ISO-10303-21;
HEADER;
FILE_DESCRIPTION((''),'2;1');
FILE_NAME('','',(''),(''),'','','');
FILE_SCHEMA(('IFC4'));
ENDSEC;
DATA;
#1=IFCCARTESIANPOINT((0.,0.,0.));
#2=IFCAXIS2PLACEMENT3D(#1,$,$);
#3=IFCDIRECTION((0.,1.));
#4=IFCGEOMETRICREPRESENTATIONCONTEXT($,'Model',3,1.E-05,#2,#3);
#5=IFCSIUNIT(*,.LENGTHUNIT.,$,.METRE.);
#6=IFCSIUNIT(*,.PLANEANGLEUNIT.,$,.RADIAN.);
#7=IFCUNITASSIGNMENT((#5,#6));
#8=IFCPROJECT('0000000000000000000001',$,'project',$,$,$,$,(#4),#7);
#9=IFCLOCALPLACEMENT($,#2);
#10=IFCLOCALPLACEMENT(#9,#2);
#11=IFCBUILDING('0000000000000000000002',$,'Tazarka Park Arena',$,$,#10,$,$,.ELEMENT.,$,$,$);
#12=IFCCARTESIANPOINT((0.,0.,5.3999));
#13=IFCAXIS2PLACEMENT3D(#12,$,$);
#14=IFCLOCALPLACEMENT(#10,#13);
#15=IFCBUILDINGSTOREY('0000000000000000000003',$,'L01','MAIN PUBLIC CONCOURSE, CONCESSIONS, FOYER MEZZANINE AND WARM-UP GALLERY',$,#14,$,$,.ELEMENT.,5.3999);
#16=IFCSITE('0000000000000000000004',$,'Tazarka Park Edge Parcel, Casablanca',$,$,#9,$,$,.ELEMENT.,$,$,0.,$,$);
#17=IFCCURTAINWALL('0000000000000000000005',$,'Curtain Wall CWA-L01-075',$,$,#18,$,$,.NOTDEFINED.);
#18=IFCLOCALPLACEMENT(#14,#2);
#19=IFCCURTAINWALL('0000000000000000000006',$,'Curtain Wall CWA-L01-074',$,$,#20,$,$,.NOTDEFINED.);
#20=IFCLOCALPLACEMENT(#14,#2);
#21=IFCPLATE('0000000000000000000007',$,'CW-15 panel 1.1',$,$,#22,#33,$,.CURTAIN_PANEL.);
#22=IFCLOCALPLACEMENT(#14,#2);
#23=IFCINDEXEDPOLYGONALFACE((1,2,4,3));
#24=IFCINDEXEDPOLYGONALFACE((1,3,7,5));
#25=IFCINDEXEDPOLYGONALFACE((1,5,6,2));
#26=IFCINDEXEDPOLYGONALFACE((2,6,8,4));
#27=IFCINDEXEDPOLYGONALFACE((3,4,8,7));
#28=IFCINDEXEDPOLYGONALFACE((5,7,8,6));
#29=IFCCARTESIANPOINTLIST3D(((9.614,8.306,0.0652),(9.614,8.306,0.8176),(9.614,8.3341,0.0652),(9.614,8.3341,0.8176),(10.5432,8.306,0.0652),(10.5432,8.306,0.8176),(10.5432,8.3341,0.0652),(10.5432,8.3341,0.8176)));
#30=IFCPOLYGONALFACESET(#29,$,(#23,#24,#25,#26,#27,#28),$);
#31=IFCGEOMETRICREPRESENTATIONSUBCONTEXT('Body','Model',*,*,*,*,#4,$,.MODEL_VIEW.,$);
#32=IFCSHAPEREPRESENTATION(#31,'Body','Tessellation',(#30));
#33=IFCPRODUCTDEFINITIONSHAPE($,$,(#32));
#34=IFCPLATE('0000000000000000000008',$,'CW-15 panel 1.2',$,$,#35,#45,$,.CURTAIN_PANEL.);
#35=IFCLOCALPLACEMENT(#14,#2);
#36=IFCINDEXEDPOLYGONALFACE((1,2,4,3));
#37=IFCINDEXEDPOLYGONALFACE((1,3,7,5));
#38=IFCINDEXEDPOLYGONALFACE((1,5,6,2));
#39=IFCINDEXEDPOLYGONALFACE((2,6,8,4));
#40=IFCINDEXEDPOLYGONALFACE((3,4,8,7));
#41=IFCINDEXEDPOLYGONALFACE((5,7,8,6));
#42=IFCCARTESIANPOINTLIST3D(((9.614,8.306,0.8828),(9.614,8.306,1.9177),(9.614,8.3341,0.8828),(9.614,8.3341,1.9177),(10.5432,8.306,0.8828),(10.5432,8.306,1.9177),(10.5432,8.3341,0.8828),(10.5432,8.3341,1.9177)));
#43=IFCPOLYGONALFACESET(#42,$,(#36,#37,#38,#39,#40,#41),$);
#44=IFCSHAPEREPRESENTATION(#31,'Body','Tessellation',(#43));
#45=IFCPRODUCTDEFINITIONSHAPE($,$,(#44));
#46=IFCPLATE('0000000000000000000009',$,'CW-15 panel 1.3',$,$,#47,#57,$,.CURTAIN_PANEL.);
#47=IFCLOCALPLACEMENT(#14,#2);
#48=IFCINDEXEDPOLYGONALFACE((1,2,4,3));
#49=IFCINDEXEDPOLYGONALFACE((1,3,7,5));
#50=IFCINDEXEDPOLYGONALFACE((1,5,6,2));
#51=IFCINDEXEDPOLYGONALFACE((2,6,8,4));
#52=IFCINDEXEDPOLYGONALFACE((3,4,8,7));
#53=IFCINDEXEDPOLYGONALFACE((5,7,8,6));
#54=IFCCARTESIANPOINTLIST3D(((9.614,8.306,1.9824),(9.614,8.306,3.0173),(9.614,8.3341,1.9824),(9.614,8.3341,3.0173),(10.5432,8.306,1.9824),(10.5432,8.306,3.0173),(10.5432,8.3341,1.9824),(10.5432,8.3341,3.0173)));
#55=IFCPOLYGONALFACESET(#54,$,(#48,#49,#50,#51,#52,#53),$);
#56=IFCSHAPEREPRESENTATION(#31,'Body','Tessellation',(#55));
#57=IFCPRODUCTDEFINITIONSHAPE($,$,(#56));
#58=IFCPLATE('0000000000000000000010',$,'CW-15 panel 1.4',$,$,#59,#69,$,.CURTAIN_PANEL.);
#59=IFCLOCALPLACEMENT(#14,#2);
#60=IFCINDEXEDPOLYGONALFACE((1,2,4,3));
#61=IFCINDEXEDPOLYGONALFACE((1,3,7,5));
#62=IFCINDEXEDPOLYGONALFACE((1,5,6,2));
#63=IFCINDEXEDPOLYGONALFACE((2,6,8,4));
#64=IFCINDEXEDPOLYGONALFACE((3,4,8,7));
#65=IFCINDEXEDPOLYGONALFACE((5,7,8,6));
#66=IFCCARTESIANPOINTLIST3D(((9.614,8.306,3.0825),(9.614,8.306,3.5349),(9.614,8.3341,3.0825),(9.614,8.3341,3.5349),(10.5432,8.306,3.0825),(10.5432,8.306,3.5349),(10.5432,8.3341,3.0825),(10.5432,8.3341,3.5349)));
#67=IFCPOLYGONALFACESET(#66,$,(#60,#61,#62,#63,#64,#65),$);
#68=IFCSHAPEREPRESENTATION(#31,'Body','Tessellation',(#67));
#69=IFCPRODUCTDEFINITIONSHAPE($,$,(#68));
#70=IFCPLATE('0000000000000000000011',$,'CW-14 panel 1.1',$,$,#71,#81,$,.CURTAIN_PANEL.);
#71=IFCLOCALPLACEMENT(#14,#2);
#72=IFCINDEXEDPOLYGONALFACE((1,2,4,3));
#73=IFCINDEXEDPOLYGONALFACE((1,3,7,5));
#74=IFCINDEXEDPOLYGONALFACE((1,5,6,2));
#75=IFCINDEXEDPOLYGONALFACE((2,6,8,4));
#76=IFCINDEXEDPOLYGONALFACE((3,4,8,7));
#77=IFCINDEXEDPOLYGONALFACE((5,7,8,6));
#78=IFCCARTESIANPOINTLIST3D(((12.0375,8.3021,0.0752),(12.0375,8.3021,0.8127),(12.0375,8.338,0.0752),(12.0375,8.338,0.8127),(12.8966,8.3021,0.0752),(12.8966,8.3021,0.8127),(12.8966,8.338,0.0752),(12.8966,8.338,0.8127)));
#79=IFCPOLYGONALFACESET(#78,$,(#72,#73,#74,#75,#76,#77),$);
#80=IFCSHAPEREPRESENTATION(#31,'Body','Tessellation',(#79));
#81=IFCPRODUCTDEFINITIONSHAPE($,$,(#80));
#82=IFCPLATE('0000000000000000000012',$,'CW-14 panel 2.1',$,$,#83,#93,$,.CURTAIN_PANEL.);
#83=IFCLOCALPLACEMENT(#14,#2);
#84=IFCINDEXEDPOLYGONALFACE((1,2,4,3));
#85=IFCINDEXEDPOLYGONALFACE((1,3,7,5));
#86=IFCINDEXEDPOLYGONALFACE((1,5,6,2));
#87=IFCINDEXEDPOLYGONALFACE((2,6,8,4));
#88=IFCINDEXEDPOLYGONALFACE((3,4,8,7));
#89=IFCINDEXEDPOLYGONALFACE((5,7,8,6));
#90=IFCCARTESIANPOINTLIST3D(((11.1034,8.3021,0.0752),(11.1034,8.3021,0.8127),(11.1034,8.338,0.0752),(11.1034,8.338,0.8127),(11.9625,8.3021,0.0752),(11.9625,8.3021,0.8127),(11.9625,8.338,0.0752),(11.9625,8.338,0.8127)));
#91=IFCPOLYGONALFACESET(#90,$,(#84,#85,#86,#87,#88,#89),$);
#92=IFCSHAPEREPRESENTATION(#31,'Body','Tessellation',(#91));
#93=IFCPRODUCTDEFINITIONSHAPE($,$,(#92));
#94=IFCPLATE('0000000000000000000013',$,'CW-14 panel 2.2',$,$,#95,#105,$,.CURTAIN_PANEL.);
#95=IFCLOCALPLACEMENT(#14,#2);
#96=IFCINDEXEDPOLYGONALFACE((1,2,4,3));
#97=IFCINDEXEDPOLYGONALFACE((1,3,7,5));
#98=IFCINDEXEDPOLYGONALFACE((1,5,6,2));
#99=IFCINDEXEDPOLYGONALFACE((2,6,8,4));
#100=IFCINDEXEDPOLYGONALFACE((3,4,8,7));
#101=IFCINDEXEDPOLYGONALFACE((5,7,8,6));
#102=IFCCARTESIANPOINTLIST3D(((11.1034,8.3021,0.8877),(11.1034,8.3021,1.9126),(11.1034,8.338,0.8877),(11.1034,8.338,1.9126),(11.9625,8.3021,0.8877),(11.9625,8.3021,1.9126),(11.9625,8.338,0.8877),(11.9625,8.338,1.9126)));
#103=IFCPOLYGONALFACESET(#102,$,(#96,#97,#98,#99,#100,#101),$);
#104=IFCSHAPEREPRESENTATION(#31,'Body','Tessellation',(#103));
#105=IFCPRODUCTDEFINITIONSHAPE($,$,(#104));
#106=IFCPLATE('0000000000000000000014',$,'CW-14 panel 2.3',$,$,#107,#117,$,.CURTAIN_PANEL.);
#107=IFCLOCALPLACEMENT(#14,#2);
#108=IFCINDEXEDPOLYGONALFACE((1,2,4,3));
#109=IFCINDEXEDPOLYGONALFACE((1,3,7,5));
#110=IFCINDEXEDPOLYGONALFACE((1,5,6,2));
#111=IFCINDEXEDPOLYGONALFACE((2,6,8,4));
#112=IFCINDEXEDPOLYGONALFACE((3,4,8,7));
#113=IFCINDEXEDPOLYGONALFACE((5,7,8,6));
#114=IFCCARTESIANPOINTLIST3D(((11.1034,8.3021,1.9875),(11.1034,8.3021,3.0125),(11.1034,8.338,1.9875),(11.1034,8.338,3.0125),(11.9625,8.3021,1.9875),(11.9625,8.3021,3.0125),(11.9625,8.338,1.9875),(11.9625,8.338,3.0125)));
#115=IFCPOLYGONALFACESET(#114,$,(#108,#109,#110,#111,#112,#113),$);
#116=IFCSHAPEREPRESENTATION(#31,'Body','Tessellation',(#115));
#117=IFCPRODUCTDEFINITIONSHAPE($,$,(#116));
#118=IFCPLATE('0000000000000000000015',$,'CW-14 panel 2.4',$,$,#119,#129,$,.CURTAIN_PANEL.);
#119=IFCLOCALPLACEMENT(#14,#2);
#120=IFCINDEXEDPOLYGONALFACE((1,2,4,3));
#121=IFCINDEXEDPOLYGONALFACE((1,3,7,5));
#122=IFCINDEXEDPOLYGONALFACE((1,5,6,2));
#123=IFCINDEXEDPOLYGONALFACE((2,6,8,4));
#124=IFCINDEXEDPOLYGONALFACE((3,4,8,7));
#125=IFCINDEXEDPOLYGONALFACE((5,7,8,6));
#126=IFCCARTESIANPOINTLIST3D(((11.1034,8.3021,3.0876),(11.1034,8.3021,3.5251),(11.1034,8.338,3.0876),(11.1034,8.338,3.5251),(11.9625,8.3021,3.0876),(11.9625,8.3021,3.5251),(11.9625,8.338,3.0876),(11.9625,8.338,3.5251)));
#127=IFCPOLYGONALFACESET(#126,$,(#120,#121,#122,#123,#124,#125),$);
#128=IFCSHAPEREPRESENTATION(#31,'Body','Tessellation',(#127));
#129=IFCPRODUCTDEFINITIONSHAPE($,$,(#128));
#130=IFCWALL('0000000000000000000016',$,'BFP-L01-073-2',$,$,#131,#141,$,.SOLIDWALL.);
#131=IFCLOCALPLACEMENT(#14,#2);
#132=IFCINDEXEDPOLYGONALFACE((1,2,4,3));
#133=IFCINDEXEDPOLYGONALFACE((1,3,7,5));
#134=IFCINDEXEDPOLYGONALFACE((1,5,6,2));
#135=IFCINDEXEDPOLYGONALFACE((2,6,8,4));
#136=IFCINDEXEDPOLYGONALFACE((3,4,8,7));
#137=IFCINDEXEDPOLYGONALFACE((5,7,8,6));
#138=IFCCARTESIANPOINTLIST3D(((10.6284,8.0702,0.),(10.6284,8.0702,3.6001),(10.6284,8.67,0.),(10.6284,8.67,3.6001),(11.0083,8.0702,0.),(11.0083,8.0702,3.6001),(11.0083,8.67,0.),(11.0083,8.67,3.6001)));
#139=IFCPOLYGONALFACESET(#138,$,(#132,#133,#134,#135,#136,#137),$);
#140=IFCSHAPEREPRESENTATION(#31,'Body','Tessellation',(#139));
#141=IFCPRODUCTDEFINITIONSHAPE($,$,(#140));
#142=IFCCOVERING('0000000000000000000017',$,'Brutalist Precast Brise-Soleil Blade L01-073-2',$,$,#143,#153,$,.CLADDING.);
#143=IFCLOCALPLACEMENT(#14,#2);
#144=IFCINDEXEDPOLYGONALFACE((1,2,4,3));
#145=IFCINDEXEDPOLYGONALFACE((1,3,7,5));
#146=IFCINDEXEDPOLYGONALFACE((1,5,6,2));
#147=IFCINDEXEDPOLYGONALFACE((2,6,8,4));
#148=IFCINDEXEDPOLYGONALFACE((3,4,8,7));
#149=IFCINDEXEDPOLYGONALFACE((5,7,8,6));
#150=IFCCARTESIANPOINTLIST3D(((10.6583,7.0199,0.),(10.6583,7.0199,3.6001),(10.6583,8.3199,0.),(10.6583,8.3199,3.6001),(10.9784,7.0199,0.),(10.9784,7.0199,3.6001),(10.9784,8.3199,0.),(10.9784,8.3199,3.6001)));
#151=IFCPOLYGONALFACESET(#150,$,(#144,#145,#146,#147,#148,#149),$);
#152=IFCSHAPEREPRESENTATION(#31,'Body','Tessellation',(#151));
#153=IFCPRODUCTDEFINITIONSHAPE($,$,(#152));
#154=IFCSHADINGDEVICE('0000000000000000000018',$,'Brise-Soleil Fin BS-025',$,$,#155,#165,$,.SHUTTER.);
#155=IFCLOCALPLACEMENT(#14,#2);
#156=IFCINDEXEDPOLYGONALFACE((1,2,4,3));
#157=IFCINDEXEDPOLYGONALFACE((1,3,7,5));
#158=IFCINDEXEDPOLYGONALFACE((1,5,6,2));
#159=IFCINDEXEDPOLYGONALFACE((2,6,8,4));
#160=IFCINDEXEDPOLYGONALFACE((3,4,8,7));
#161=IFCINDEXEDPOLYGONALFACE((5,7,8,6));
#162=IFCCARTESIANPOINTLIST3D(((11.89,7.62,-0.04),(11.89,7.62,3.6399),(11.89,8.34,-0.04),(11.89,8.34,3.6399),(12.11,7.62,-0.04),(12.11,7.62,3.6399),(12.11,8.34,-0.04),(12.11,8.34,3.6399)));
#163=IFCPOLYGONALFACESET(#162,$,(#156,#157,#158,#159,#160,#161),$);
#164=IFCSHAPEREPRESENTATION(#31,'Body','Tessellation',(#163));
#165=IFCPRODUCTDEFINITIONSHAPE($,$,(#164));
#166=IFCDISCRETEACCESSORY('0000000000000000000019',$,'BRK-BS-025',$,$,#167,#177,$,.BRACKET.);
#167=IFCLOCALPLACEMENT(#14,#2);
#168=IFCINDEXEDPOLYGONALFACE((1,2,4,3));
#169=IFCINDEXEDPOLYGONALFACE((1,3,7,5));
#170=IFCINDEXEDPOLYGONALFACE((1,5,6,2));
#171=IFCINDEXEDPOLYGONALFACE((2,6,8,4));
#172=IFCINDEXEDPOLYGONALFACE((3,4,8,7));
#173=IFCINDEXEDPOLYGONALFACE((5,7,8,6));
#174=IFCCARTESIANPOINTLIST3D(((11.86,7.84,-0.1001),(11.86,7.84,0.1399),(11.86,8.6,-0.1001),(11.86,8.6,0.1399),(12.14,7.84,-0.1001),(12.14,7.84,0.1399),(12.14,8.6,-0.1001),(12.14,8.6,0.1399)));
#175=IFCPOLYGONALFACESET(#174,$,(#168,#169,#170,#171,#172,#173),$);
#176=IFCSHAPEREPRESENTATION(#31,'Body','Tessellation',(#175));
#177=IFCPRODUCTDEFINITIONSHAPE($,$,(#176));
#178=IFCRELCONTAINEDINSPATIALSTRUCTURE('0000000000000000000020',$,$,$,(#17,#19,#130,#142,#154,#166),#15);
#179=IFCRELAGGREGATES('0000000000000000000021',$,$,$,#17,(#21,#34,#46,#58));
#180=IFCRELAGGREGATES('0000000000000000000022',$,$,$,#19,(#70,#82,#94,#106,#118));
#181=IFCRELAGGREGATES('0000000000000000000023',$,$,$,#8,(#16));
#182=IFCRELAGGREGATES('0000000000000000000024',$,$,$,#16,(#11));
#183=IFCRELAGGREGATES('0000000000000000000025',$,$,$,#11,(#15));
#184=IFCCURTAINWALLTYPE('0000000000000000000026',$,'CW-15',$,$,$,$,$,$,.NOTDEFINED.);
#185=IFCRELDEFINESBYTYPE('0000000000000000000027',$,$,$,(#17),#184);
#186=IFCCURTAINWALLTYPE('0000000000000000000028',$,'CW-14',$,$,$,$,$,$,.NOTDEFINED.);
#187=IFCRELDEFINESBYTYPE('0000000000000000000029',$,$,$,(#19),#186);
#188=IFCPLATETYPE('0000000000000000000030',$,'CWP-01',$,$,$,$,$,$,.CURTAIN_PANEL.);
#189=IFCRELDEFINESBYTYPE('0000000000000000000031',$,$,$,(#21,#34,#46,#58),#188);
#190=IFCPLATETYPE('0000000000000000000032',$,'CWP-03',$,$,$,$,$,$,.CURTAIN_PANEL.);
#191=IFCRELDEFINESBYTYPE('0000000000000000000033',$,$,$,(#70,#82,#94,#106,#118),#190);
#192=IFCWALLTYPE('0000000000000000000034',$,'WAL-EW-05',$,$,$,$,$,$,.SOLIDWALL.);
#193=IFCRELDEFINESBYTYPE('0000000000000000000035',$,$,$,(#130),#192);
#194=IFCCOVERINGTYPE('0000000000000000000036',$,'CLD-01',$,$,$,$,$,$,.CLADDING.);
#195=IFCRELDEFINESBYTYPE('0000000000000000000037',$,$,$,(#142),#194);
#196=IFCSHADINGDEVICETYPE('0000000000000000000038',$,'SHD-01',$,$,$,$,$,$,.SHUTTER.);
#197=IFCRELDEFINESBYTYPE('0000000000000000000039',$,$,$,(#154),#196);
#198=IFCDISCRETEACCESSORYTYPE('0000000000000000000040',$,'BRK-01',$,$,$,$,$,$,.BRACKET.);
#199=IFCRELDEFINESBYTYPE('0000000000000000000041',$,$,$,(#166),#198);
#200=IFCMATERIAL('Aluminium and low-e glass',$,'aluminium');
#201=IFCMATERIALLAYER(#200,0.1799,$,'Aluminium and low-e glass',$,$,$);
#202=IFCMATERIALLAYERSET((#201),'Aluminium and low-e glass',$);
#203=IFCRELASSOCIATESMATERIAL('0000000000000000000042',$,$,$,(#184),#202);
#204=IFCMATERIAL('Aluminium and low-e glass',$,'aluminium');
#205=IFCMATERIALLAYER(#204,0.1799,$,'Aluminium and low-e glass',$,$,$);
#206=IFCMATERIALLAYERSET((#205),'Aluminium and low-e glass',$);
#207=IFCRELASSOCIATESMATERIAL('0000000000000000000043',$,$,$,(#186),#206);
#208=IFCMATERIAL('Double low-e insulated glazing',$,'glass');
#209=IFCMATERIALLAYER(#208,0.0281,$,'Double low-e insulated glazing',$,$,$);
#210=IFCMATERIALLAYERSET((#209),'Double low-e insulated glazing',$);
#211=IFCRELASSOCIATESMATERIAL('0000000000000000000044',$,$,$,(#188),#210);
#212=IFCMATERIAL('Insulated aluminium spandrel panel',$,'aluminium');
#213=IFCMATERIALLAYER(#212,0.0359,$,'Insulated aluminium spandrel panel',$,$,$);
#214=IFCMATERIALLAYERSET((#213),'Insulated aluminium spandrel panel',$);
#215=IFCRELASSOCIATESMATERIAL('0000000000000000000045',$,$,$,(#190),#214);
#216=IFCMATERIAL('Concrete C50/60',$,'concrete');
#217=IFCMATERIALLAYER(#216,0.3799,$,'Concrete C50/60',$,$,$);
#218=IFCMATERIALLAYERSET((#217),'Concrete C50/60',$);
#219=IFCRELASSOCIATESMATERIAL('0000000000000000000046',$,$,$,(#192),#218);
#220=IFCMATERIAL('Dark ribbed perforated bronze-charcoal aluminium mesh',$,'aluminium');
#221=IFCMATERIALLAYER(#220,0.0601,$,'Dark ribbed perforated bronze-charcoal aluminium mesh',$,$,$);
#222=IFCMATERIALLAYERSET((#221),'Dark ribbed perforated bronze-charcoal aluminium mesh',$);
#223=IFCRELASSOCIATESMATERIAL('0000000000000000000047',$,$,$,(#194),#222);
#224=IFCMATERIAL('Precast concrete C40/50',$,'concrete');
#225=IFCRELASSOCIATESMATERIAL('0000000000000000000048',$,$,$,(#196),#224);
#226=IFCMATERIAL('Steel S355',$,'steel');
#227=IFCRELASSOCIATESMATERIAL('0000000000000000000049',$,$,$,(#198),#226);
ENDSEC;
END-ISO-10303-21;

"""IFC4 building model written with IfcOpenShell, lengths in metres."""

from ifc_helpers import new_model, si_unit, direction, frame, frame_2d, origin, origin_2d, place, context, subcontext, project, spatial, rectangle, extrude, material, layer, layer_set, type_object, element, aggregate, save


model = new_model("IFC4")

# Units and contexts
model_context = context("Model", 3, precision=1e-05, world=origin(), true_north=direction((0.0, 1.0)))
body_context = subcontext(model_context, "Body", "Model", "MODEL_VIEW")
ifc_project = project(units=[si_unit("LENGTHUNIT", "METRE"), si_unit("PLANEANGLEUNIT", "RADIAN")], contexts=[model_context])

# Site, building, storey
site_placement = place(None, origin())
site = spatial("IfcSite", under=ifc_project, at=site_placement, Name="Tazarka Park Edge Parcel, Casablanca", CompositionType="ELEMENT", RefElevation=0.0)
building_placement = place(site_placement, origin())
building = spatial("IfcBuilding", under=site, at=building_placement, Name="Tazarka Park Arena", CompositionType="ELEMENT")
storey_placement = place(building_placement, frame((0.0, 0.0, 5.3999)))
storey = spatial("IfcBuildingStorey", under=building, at=storey_placement, Name="L01", Description="MAIN PUBLIC CONCOURSE, CONCESSIONS, FOYER MEZZANINE AND WARM-UP GALLERY", CompositionType="ELEMENT", Elevation=5.3999)

# Curtain walls
ifc_material_1 = material(Name="Aluminium and low-e glass", Category="aluminium")
ifc_layer_1 = layer(ifc_material_1, 0.1799, Name="Aluminium and low-e glass")
ifc_layer_set_1 = layer_set([ifc_layer_1], Name="Aluminium and low-e glass")
curtain_wall_type_1 = type_object("IfcCurtainWallType", Name="CW-15", PredefinedType="NOTDEFINED", material=ifc_layer_set_1)
curtain_wall_1_placement = place(storey_placement, origin())
curtain_wall_1 = element("IfcCurtainWall", 1, at=curtain_wall_1_placement, inside=storey, type_object=curtain_wall_type_1, Name="Curtain Wall CWA-L01-075", PredefinedType="NOTDEFINED")
ifc_material_2 = material(Name="Aluminium and low-e glass", Category="aluminium")
ifc_layer_2 = layer(ifc_material_2, 0.1799, Name="Aluminium and low-e glass")
ifc_layer_set_2 = layer_set([ifc_layer_2], Name="Aluminium and low-e glass")
curtain_wall_type_2 = type_object("IfcCurtainWallType", Name="CW-14", PredefinedType="NOTDEFINED", material=ifc_layer_set_2)
curtain_wall_2_placement = place(storey_placement, origin())
curtain_wall_2 = element("IfcCurtainWall", 2, at=curtain_wall_2_placement, inside=storey, type_object=curtain_wall_type_2, Name="Curtain Wall CWA-L01-074", PredefinedType="NOTDEFINED")

# Plates
ifc_material_3 = material(Name="Double low-e insulated glazing", Category="glass")
ifc_layer_3 = layer(ifc_material_3, 0.0281, Name="Double low-e insulated glazing")
ifc_layer_set_3 = layer_set([ifc_layer_3], Name="Double low-e insulated glazing")
plate_type_1 = type_object("IfcPlateType", Name="CWP-01", PredefinedType="CURTAIN_PANEL", material=ifc_layer_set_3)
plate_1_placement = place(storey_placement, frame((10.0786, 8.3201, 0.0652), z_axis=(0.0, 0.0, 1.0), x_axis=(-1.0, 0.0, 0.0)))
plate_1 = element("IfcPlate", 3, at=plate_1_placement, type_object=plate_type_1, Name="CW-15 panel 1.1", PredefinedType="CURTAIN_PANEL", context=body_context, shape_type="SweptSolid", body=[
    extrude(rectangle(XDim=0.9292, YDim=0.0281, at=origin_2d()), origin(), (0.0, 0.0, 1.0), 0.7524),
])
plate_2_placement = place(storey_placement, frame((10.0786, 8.3201, 0.8828), z_axis=(0.0, 0.0, 1.0), x_axis=(-1.0, 0.0, 0.0)))
plate_2 = element("IfcPlate", 4, at=plate_2_placement, type_object=plate_type_1, Name="CW-15 panel 1.2", PredefinedType="CURTAIN_PANEL", context=body_context, shape_type="SweptSolid", body=[
    extrude(rectangle(XDim=0.9292, YDim=0.0281, at=origin_2d()), origin(), (0.0, 0.0, 1.0), 1.0349),
])
plate_3_placement = place(storey_placement, frame((10.0786, 8.3201, 1.9824), z_axis=(0.0, 0.0, 1.0), x_axis=(-1.0, 0.0, 0.0)))
plate_3 = element("IfcPlate", 5, at=plate_3_placement, type_object=plate_type_1, Name="CW-15 panel 1.3", PredefinedType="CURTAIN_PANEL", context=body_context, shape_type="SweptSolid", body=[
    extrude(rectangle(XDim=0.9292, YDim=0.0281, at=origin_2d()), origin(), (0.0, 0.0, 1.0), 1.0349),
])
plate_4_placement = place(storey_placement, frame((10.0786, 8.3201, 3.0825), z_axis=(0.0, 0.0, 1.0), x_axis=(-1.0, 0.0, 0.0)))
plate_4 = element("IfcPlate", 6, at=plate_4_placement, type_object=plate_type_1, Name="CW-15 panel 1.4", PredefinedType="CURTAIN_PANEL", context=body_context, shape_type="SweptSolid", body=[
    extrude(rectangle(XDim=0.9292, YDim=0.0281, at=origin_2d()), origin(), (0.0, 0.0, 1.0), 0.4524),
])
aggregate(curtain_wall_1, [plate_1, plate_2, plate_3, plate_4])
ifc_material_4 = material(Name="Insulated aluminium spandrel panel", Category="aluminium")
ifc_layer_4 = layer(ifc_material_4, 0.0359, Name="Insulated aluminium spandrel panel")
ifc_layer_set_4 = layer_set([ifc_layer_4], Name="Insulated aluminium spandrel panel")
plate_type_2 = type_object("IfcPlateType", Name="CWP-03", PredefinedType="CURTAIN_PANEL", material=ifc_layer_set_4)
plate_5_placement = place(storey_placement, frame((12.467, 8.3201, 0.0752), z_axis=(0.0, 0.0, 1.0), x_axis=(-1.0, 0.0, 0.0)))
plate_5 = element("IfcPlate", 7, at=plate_5_placement, type_object=plate_type_2, Name="CW-14 panel 1.1", PredefinedType="CURTAIN_PANEL", context=body_context, shape_type="SweptSolid", body=[
    extrude(rectangle(XDim=0.8591, YDim=0.0359, at=origin_2d()), origin(), (0.0, 0.0, 1.0), 0.7375),
])
plate_6_placement = place(storey_placement, frame((11.533, 8.3201, 0.0752), z_axis=(0.0, 0.0, 1.0), x_axis=(-1.0, 0.0, 0.0)))
plate_6 = element("IfcPlate", 8, at=plate_6_placement, type_object=plate_type_2, Name="CW-14 panel 2.1", PredefinedType="CURTAIN_PANEL", context=body_context, shape_type="SweptSolid", body=[
    extrude(rectangle(XDim=0.8591, YDim=0.0359, at=origin_2d()), origin(), (0.0, 0.0, 1.0), 0.7375),
])
plate_7_placement = place(storey_placement, frame((11.533, 8.3201, 0.8877), z_axis=(0.0, 0.0, 1.0), x_axis=(-1.0, 0.0, 0.0)))
plate_7 = element("IfcPlate", 9, at=plate_7_placement, type_object=plate_type_2, Name="CW-14 panel 2.2", PredefinedType="CURTAIN_PANEL", context=body_context, shape_type="SweptSolid", body=[
    extrude(rectangle(XDim=0.8591, YDim=0.0359, at=origin_2d()), origin(), (0.0, 0.0, 1.0), 1.0249),
])
plate_8_placement = place(storey_placement, frame((11.533, 8.3201, 1.9875), z_axis=(0.0, 0.0, 1.0), x_axis=(-1.0, 0.0, 0.0)))
plate_8 = element("IfcPlate", 10, at=plate_8_placement, type_object=plate_type_2, Name="CW-14 panel 2.3", PredefinedType="CURTAIN_PANEL", context=body_context, shape_type="SweptSolid", body=[
    extrude(rectangle(XDim=0.8591, YDim=0.0359, at=origin_2d()), origin(), (0.0, 0.0, 1.0), 1.0249),
])
plate_9_placement = place(storey_placement, frame((11.533, 8.3201, 3.0876), z_axis=(0.0, 0.0, 1.0), x_axis=(-1.0, 0.0, 0.0)))
plate_9 = element("IfcPlate", 11, at=plate_9_placement, type_object=plate_type_2, Name="CW-14 panel 2.4", PredefinedType="CURTAIN_PANEL", context=body_context, shape_type="SweptSolid", body=[
    extrude(rectangle(XDim=0.8591, YDim=0.0359, at=origin_2d()), origin(), (0.0, 0.0, 1.0), 0.4375),
])
aggregate(curtain_wall_2, [plate_5, plate_6, plate_7, plate_8, plate_9])

# Wall
ifc_material_5 = material(Name="Concrete C50/60", Category="concrete")
ifc_layer_5 = layer(ifc_material_5, 0.3799, Name="Concrete C50/60")
ifc_layer_set_5 = layer_set([ifc_layer_5], Name="Concrete C50/60")
wall_type = type_object("IfcWallType", Name="WAL-EW-05", PredefinedType="SOLIDWALL", material=ifc_layer_set_5)
wall_placement = place(storey_placement, frame((10.8184, 8.6699, 0.0), z_axis=(0.0, 0.0, 1.0), x_axis=(0.0, -1.0, 0.0)))
element("IfcWall", 12, at=wall_placement, inside=storey, type_object=wall_type, Name="BFP-L01-073-2", PredefinedType="SOLIDWALL", context=body_context, shape_type="SweptSolid", body=[
    extrude(rectangle(XDim=0.5999, YDim=0.3799, at=frame_2d((0.2998, 0.0))), origin(), (0.0, 0.0, 1.0), 3.6001),
])

# Covering
ifc_material_6 = material(Name="Dark ribbed perforated bronze-charcoal aluminium mesh", Category="aluminium")
ifc_layer_6 = layer(ifc_material_6, 0.0601, Name="Dark ribbed perforated bronze-charcoal aluminium mesh")
ifc_layer_set_6 = layer_set([ifc_layer_6], Name="Dark ribbed perforated bronze-charcoal aluminium mesh")
covering_type = type_object("IfcCoveringType", Name="CLD-01", PredefinedType="CLADDING", material=ifc_layer_set_6)
covering_placement = place(storey_placement, frame((10.8184, 7.6699, 0.0), z_axis=(0.0, 0.0, 1.0), x_axis=(-1.0, 0.0, 0.0)))
element("IfcCovering", 13, at=covering_placement, inside=storey, type_object=covering_type, Name="Brutalist Precast Brise-Soleil Blade L01-073-2", PredefinedType="CLADDING", context=body_context, shape_type="SweptSolid", body=[
    extrude(rectangle(XDim=0.3201, YDim=1.3, at=origin_2d()), origin(), (0.0, 0.0, 1.0), 3.6001),
])

# Shading device
ifc_material_7 = material(Name="Precast concrete C40/50", Category="concrete")
shading_device_type = type_object("IfcShadingDeviceType", Name="SHD-01", PredefinedType="SHUTTER", material=ifc_material_7)
shading_device_placement = place(storey_placement, frame((12.0, 7.98, -0.04), z_axis=(0.0, 0.0, 1.0), x_axis=(-1.0, 0.0, 0.0)))
element("IfcShadingDevice", 14, at=shading_device_placement, inside=storey, type_object=shading_device_type, Name="Brise-Soleil Fin BS-025", PredefinedType="SHUTTER", context=body_context, shape_type="SweptSolid", body=[
    extrude(rectangle(XDim=0.22, YDim=0.72, at=origin_2d()), origin(), (0.0, 0.0, 1.0), 3.6799),
])

# Discrete accessory
ifc_material_8 = material(Name="Steel S355", Category="steel")
discrete_accessory_type = type_object("IfcDiscreteAccessoryType", Name="BRK-01", PredefinedType="BRACKET", material=ifc_material_8)
discrete_accessory_placement = place(storey_placement, frame((12.0, 8.22, -0.1001), z_axis=(0.0, 0.0, 1.0), x_axis=(-1.0, 0.0, 0.0)))
element("IfcDiscreteAccessory", 15, at=discrete_accessory_placement, inside=storey, type_object=discrete_accessory_type, Name="BRK-BS-025", PredefinedType="BRACKET", context=body_context, shape_type="SweptSolid", body=[
    extrude(rectangle(XDim=0.28, YDim=0.76, at=origin_2d()), origin(), (0.0, 0.0, 1.0), 0.24),
])

save(model, "model.ifc")
